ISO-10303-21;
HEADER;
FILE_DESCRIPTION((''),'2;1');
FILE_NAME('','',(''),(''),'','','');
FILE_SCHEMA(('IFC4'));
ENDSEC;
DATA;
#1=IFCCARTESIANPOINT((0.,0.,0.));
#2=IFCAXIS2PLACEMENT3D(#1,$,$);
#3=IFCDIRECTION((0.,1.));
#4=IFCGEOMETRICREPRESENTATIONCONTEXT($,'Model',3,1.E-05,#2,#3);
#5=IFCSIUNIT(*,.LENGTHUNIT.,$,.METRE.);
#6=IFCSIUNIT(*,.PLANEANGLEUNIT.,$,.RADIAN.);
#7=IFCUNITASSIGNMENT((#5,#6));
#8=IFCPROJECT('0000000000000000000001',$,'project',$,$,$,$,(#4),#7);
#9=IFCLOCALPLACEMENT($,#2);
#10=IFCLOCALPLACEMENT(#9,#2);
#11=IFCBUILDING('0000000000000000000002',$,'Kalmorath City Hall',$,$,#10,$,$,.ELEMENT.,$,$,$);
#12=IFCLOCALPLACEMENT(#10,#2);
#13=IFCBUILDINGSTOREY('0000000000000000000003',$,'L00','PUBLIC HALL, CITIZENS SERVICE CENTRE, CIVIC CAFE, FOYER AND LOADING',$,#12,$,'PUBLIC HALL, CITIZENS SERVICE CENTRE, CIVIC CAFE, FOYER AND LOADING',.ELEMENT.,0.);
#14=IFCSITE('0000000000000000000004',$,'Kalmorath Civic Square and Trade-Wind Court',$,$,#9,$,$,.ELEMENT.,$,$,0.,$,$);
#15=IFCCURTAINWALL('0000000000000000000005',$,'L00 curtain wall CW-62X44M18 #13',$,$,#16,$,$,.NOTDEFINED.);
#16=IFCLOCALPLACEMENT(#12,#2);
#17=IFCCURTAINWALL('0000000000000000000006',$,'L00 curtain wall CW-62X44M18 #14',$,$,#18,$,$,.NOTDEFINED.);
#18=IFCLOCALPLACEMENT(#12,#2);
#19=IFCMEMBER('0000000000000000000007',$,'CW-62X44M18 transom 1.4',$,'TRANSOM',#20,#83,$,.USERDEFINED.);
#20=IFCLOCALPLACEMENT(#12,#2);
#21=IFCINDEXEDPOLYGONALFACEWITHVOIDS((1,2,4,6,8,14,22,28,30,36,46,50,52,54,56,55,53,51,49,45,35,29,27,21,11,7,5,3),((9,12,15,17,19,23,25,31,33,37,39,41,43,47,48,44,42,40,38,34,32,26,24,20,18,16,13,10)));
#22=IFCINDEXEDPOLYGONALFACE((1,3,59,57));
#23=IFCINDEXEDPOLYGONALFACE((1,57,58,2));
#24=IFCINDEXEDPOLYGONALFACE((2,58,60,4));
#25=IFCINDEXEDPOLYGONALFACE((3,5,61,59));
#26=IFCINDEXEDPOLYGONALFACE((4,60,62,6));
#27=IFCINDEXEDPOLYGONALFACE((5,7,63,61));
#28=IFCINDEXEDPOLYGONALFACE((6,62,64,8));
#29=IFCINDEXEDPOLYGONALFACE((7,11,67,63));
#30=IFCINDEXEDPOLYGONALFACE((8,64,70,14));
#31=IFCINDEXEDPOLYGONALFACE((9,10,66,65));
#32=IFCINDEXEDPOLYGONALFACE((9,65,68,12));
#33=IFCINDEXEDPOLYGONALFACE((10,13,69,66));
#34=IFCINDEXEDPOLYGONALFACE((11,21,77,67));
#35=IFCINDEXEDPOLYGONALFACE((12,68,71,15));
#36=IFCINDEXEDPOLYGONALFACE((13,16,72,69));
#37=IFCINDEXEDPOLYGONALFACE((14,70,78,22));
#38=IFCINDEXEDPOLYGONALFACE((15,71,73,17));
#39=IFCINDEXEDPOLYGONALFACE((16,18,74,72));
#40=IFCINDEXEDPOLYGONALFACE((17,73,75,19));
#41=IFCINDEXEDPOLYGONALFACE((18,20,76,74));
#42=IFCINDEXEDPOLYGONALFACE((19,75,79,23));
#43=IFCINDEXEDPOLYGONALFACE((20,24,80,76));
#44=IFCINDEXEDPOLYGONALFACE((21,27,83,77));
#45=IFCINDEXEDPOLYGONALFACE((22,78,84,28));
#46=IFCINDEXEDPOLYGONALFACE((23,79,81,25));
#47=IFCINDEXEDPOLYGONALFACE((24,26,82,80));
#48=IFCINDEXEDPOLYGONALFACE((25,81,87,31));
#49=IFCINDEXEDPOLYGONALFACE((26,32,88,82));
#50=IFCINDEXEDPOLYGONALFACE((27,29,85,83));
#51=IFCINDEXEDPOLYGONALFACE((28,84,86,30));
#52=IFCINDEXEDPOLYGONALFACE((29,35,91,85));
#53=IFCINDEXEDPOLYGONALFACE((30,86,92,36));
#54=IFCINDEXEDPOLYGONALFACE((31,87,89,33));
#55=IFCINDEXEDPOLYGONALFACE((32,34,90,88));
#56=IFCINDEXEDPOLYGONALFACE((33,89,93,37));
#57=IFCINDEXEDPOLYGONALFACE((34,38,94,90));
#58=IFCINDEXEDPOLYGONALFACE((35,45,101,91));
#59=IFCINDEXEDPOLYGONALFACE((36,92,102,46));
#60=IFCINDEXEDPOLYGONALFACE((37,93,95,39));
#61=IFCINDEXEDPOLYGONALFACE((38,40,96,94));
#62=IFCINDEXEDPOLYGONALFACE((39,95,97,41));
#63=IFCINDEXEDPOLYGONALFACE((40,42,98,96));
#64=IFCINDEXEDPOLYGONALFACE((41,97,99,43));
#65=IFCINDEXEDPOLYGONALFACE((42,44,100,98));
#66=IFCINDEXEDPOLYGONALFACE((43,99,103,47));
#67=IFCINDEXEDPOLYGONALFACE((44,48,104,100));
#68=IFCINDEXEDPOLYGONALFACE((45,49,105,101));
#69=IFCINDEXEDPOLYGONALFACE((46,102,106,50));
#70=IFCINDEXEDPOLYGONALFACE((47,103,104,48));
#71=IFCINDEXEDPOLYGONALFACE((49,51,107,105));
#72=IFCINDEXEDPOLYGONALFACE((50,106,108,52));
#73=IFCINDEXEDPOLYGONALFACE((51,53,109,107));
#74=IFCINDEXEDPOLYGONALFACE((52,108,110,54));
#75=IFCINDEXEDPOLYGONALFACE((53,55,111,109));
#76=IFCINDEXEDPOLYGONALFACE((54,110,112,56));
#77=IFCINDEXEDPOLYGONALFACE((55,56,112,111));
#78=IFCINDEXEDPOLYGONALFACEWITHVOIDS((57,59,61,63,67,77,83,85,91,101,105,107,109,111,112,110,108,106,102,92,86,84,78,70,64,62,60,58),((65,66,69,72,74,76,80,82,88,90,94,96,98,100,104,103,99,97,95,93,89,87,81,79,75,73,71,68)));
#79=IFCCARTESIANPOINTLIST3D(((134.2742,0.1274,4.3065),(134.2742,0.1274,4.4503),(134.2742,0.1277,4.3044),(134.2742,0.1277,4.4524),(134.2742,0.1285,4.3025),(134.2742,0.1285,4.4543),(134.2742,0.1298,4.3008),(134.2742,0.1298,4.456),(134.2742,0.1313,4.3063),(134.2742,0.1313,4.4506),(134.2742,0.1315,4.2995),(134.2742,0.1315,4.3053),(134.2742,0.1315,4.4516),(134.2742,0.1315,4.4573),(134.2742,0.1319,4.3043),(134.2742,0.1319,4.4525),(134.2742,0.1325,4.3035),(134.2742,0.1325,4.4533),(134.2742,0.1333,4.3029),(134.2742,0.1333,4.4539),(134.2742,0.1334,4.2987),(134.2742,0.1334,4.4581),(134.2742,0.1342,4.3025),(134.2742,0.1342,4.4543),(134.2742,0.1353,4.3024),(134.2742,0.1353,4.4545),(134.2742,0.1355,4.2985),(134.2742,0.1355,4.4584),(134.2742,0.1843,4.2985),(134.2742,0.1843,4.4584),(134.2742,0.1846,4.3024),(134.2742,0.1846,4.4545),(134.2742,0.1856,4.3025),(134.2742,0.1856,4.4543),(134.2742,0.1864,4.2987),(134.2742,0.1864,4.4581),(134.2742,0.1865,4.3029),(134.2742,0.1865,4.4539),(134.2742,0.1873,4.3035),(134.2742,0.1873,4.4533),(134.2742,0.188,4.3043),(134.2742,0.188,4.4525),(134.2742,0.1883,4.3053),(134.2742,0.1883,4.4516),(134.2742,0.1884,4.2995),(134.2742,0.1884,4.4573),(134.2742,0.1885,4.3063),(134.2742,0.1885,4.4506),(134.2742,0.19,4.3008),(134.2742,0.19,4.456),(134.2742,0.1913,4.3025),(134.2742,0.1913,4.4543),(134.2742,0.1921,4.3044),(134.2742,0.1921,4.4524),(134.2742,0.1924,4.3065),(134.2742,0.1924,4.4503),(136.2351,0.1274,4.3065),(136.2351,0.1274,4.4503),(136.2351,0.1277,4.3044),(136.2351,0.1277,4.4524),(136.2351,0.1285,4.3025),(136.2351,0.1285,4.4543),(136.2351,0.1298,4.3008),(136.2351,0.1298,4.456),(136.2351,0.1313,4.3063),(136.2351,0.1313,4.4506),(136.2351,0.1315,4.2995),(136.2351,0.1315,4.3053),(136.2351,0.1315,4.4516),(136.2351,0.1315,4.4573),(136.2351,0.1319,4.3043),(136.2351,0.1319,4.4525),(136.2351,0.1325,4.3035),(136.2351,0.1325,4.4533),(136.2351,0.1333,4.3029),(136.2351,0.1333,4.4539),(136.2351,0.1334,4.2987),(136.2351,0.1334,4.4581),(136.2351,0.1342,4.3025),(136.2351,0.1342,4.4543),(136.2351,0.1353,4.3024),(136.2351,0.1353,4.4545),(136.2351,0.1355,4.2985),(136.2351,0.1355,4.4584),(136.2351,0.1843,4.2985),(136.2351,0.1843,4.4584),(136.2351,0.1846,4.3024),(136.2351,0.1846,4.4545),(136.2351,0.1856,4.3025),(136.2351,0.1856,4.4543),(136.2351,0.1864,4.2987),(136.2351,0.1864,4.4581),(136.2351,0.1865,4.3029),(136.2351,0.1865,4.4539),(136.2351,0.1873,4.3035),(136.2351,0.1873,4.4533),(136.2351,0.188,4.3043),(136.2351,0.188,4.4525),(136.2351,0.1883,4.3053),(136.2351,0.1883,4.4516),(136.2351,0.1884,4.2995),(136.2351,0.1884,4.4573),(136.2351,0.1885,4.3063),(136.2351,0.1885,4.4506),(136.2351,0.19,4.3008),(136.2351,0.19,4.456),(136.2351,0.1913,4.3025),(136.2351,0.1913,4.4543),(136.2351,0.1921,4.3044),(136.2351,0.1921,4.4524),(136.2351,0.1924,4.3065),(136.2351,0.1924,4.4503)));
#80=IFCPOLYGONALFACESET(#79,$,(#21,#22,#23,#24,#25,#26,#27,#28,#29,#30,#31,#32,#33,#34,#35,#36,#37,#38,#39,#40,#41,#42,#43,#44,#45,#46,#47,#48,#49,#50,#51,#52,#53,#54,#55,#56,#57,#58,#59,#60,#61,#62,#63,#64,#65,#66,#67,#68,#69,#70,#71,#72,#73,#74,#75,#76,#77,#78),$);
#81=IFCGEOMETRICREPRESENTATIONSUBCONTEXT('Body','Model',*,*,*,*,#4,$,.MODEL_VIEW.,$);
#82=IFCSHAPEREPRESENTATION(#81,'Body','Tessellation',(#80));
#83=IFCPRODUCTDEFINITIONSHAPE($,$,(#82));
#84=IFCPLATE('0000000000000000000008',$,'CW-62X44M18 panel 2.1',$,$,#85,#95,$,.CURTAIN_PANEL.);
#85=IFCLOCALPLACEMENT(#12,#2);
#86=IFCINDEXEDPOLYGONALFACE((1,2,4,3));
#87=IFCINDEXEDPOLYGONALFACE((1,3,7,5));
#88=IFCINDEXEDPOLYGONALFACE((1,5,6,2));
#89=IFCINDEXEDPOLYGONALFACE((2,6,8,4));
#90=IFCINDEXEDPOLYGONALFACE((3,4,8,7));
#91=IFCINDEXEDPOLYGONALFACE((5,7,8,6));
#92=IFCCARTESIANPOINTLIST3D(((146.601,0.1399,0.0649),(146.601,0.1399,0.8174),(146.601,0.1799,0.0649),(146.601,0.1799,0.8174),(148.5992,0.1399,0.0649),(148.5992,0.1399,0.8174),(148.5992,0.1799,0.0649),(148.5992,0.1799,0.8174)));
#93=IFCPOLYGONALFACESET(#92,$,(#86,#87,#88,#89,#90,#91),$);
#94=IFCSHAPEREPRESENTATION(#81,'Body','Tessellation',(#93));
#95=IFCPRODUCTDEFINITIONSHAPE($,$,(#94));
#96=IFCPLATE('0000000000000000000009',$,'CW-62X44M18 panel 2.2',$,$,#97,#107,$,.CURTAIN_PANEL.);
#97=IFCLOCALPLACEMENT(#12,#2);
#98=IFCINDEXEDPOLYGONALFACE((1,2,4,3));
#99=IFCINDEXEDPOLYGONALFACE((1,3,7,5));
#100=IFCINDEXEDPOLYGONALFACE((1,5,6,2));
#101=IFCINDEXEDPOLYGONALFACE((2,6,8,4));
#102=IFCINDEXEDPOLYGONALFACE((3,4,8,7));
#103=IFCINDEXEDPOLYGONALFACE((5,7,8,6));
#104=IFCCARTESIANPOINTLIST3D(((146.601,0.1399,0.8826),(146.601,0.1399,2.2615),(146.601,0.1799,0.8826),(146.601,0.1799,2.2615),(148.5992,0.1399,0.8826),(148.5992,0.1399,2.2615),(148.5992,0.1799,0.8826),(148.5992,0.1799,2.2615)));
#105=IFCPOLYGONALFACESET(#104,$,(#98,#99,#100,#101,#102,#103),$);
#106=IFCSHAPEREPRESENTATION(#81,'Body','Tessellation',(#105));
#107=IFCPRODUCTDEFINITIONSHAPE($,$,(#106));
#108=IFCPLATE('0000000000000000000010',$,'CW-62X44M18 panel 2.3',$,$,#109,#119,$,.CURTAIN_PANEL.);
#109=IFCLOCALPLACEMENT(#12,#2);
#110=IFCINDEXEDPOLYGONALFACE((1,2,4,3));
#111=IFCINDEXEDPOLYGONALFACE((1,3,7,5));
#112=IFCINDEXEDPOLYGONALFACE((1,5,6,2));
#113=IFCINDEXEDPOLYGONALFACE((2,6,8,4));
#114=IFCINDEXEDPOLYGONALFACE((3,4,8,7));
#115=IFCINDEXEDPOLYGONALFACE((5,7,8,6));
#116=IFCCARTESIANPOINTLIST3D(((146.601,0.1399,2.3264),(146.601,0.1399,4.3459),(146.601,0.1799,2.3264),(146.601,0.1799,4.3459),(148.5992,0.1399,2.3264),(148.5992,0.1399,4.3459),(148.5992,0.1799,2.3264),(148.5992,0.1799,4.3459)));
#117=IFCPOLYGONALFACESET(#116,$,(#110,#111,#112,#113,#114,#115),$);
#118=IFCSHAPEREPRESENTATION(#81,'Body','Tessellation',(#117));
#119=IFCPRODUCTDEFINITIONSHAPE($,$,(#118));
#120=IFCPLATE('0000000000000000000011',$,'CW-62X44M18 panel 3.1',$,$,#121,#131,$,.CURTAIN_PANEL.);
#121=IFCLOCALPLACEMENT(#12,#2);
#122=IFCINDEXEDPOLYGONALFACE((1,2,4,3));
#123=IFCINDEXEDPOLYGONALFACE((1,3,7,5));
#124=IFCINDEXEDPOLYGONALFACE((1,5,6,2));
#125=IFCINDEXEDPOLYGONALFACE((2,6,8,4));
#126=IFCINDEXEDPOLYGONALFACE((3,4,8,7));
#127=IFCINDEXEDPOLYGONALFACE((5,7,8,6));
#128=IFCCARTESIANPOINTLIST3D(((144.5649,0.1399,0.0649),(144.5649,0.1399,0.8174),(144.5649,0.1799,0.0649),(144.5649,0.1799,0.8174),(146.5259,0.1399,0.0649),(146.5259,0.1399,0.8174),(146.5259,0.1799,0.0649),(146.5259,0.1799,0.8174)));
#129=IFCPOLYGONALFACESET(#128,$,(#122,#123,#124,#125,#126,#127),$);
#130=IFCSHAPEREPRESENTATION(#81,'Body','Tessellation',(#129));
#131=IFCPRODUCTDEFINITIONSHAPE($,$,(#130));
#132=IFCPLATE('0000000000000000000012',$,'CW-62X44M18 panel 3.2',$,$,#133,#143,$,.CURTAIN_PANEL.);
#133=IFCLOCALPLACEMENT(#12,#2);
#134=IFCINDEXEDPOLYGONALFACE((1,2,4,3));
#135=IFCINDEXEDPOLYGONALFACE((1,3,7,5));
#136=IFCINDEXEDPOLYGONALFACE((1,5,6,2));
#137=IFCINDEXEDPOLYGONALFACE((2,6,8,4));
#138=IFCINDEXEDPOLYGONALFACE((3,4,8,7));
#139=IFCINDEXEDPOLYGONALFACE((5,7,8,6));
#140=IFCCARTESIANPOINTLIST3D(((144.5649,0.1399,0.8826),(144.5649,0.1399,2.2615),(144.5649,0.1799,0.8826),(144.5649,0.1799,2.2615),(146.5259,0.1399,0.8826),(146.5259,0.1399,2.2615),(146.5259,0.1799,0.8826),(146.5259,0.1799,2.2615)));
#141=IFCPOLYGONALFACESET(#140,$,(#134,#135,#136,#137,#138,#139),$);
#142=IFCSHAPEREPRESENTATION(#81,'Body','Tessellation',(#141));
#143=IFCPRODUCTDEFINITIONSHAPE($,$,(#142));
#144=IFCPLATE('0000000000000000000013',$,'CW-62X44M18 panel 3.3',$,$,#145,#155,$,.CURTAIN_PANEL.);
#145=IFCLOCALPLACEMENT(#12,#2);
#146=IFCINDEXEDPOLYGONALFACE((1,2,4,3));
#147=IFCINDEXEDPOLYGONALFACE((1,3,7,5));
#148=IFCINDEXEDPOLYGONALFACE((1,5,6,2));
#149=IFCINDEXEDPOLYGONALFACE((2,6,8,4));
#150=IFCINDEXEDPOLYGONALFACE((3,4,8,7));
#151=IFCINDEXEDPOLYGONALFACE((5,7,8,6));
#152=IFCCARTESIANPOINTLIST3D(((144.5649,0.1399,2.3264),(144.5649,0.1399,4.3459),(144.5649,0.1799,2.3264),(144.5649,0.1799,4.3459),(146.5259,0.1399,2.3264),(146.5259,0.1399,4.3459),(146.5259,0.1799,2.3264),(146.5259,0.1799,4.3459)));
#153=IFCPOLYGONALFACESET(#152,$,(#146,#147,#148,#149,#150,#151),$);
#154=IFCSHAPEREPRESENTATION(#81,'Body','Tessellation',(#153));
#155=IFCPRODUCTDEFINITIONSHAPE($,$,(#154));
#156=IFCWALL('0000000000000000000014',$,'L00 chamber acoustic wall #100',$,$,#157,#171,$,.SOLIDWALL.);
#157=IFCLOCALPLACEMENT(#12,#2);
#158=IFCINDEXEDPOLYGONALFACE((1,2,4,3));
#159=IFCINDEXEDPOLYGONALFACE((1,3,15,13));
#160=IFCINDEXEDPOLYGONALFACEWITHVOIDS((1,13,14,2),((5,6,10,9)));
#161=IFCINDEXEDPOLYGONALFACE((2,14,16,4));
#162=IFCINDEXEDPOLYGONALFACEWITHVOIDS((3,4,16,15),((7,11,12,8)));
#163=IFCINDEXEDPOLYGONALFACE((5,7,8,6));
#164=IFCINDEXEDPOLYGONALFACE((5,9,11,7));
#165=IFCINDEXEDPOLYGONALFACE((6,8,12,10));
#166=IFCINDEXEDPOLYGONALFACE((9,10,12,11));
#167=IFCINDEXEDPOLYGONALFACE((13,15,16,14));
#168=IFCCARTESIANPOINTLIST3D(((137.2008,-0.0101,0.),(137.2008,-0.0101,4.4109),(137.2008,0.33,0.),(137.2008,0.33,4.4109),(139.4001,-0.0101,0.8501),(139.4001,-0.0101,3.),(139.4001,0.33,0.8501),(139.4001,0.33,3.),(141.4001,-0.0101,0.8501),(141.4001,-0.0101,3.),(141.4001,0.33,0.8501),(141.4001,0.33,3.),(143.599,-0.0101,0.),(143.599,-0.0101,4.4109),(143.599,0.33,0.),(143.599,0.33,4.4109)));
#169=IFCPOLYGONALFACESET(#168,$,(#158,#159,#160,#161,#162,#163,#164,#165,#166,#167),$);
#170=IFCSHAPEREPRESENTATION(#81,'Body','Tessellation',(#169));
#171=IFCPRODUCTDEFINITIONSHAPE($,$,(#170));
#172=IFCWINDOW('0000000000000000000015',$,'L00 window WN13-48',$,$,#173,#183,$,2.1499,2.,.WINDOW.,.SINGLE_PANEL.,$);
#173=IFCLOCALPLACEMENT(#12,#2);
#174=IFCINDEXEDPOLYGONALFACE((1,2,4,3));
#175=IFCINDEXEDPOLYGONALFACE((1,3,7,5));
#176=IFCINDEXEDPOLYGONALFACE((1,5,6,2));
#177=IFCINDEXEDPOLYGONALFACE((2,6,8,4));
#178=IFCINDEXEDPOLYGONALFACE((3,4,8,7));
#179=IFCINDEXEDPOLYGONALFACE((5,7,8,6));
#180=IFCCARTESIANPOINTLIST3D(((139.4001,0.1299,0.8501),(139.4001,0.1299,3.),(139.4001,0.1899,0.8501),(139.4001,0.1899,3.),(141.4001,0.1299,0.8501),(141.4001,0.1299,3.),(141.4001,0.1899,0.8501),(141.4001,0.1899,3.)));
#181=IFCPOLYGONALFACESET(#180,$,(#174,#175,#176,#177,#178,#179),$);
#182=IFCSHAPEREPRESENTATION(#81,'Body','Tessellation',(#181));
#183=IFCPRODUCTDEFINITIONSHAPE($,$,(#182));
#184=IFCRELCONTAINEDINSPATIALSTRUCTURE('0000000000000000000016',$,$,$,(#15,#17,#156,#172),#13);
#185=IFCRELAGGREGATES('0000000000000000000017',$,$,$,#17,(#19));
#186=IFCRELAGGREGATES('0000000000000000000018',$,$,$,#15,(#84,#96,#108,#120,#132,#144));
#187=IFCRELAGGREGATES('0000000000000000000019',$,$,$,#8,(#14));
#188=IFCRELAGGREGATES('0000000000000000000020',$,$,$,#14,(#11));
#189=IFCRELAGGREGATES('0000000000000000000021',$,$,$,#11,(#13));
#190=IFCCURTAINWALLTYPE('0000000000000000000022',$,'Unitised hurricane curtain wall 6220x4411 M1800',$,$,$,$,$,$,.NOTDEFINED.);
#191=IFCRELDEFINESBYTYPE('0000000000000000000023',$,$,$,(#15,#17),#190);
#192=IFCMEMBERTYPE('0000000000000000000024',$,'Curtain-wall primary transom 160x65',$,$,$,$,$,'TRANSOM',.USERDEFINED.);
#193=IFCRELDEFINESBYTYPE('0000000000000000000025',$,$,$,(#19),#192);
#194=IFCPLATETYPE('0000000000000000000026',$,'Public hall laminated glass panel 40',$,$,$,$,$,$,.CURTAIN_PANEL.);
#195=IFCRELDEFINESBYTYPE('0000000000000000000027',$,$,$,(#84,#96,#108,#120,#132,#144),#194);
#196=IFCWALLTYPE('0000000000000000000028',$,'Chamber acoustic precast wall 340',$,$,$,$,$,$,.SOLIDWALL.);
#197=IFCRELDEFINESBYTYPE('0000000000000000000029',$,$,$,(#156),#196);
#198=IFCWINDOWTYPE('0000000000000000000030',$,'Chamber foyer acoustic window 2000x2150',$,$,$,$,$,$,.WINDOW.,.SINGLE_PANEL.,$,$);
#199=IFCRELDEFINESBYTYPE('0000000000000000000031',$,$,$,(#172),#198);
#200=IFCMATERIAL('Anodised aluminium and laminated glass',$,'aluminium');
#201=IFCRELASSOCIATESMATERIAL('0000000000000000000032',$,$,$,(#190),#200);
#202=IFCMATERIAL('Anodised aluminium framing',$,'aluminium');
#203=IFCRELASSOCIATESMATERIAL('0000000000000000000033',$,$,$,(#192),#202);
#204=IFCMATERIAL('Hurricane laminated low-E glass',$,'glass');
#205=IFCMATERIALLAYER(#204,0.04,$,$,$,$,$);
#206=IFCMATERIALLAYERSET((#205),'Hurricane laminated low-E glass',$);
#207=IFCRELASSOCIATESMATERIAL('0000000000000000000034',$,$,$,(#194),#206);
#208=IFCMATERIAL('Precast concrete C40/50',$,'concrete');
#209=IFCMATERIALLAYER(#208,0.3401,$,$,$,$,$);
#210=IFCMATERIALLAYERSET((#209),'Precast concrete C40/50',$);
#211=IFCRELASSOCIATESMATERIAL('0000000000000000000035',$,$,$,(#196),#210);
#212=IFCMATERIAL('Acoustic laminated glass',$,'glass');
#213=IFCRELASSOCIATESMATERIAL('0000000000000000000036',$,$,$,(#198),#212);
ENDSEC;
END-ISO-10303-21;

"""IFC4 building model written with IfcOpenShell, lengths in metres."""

from ifc_helpers import new_model, si_unit, direction, frame, frame_2d, origin, origin_2d, place, context, subcontext, project, spatial, rectangle, hollow_rectangle, extrude, material, layer, layer_set, material_profile, profile_set, type_object, element, fill, aggregate, save


model = new_model("IFC4")

# Units and contexts
model_context = context("Model", 3, precision=1e-05, world=origin(), true_north=direction((0.0, 1.0)))
body_context = subcontext(model_context, "Body", "Model", "MODEL_VIEW")
ifc_project = project(units=[si_unit("LENGTHUNIT", "METRE"), si_unit("PLANEANGLEUNIT", "RADIAN")], contexts=[model_context])

# Site, building, storey
site_placement = place(None, origin())
site = spatial("IfcSite", under=ifc_project, at=site_placement, Name="Kalmorath Civic Square and Trade-Wind Court", CompositionType="ELEMENT", RefElevation=0.0)
building_placement = place(site_placement, origin())
building = spatial("IfcBuilding", under=site, at=building_placement, Name="Kalmorath City Hall", CompositionType="ELEMENT")
storey_placement = place(building_placement, origin())
storey = spatial("IfcBuildingStorey", under=building, at=storey_placement, Name="L00", Description="PUBLIC HALL, CITIZENS SERVICE CENTRE, CIVIC CAFE, FOYER AND LOADING", LongName="PUBLIC HALL, CITIZENS SERVICE CENTRE, CIVIC CAFE, FOYER AND LOADING", CompositionType="ELEMENT", Elevation=0.0)

# Curtain wall
ifc_material_1 = material(Name="Anodised aluminium and laminated glass", Category="aluminium")
curtain_wall_type = type_object("IfcCurtainWallType", Name="Unitised hurricane curtain wall 6220x4411 M1800", PredefinedType="NOTDEFINED", material=ifc_material_1)
curtain_wall_1_placement = place(storey_placement, origin())
curtain_wall_1 = element("IfcCurtainWall", 1, at=curtain_wall_1_placement, inside=storey, type_object=curtain_wall_type, Name="L00 curtain wall CW-62X44M18 #13", PredefinedType="NOTDEFINED")

# Curtain wall
curtain_wall_2_placement = place(storey_placement, origin())
curtain_wall_2 = element("IfcCurtainWall", 2, at=curtain_wall_2_placement, inside=storey, type_object=curtain_wall_type, Name="L00 curtain wall CW-62X44M18 #14", PredefinedType="NOTDEFINED")

# Member
ifc_material_2 = material(Name="Anodised aluminium framing", Category="aluminium")
ifc_material_profile_1 = material_profile(ifc_material_2, hollow_rectangle(XDim=0.0649, YDim=0.1599, WallThickness=0.0039, InnerFilletRadius=0.0039, OuterFilletRadius=0.0081, at=origin_2d()), Name="ALU-TRN-160X65X4")
ifc_profile_set_1 = profile_set([ifc_material_profile_1], Name="Anodised aluminium framing")
member_type_1 = type_object("IfcMemberType", Name="Curtain-wall primary transom 160x65", ElementType="TRANSOM", PredefinedType="USERDEFINED", material=ifc_profile_set_1)
member_1_placement = place(storey_placement, frame((136.2351, 0.1599, 4.3784), z_axis=(-1.0, 0.0, 0.0), x_axis=(0.0, -1.0, 0.0)))
member_1 = element("IfcMember", 3, at=member_1_placement, type_object=member_type_1, Name="CW-62X44M18 transom 1.4", ObjectType="TRANSOM", PredefinedType="USERDEFINED", context=body_context, shape_type="SweptSolid", body=[
    extrude(hollow_rectangle(XDim=0.0649, YDim=0.1599, WallThickness=0.0039, InnerFilletRadius=0.0039, OuterFilletRadius=0.0081, at=origin_2d()), origin(), (0.0, 0.0, 1.0), 1.9609),
])
aggregate(curtain_wall_2, [member_1])

# Plates
ifc_material_3 = material(Name="Hurricane laminated low-E glass", Category="glass")
ifc_layer_1 = layer(ifc_material_3, 0.04)
ifc_layer_set_1 = layer_set([ifc_layer_1], Name="Hurricane laminated low-E glass")
plate_type = type_object("IfcPlateType", Name="Public hall laminated glass panel 40", PredefinedType="CURTAIN_PANEL", material=ifc_layer_set_1)
plate_1_placement = place(storey_placement, frame((147.6001, 0.1599, 0.0649), z_axis=(0.0, 0.0, 1.0), x_axis=(-1.0, 0.0, 0.0)))
plate_1 = element("IfcPlate", 4, at=plate_1_placement, type_object=plate_type, Name="CW-62X44M18 panel 2.1", PredefinedType="CURTAIN_PANEL", context=body_context, shape_type="SweptSolid", body=[
    extrude(rectangle(XDim=1.9983, YDim=0.04, at=origin_2d()), origin(), (0.0, 0.0, 1.0), 0.7524),
])
plate_2_placement = place(storey_placement, frame((147.6001, 0.1599, 0.8826), z_axis=(0.0, 0.0, 1.0), x_axis=(-1.0, 0.0, 0.0)))
plate_2 = element("IfcPlate", 5, at=plate_2_placement, type_object=plate_type, Name="CW-62X44M18 panel 2.2", PredefinedType="CURTAIN_PANEL", context=body_context, shape_type="SweptSolid", body=[
    extrude(rectangle(XDim=1.9983, YDim=0.04, at=origin_2d()), origin(), (0.0, 0.0, 1.0), 1.3789),
])
plate_3_placement = place(storey_placement, frame((147.6001, 0.1599, 2.3264), z_axis=(0.0, 0.0, 1.0), x_axis=(-1.0, 0.0, 0.0)))
plate_3 = element("IfcPlate", 6, at=plate_3_placement, type_object=plate_type, Name="CW-62X44M18 panel 2.3", PredefinedType="CURTAIN_PANEL", context=body_context, shape_type="SweptSolid", body=[
    extrude(rectangle(XDim=1.9983, YDim=0.04, at=origin_2d()), origin(), (0.0, 0.0, 1.0), 2.0195),
])
plate_4_placement = place(storey_placement, frame((145.5454, 0.1599, 0.0649), z_axis=(0.0, 0.0, 1.0), x_axis=(-1.0, 0.0, 0.0)))
plate_4 = element("IfcPlate", 7, at=plate_4_placement, type_object=plate_type, Name="CW-62X44M18 panel 3.1", PredefinedType="CURTAIN_PANEL", context=body_context, shape_type="SweptSolid", body=[
    extrude(rectangle(XDim=1.9609, YDim=0.04, at=origin_2d()), origin(), (0.0, 0.0, 1.0), 0.7524),
])
plate_5_placement = place(storey_placement, frame((145.5454, 0.1599, 0.8826), z_axis=(0.0, 0.0, 1.0), x_axis=(-1.0, 0.0, 0.0)))
plate_5 = element("IfcPlate", 8, at=plate_5_placement, type_object=plate_type, Name="CW-62X44M18 panel 3.2", PredefinedType="CURTAIN_PANEL", context=body_context, shape_type="SweptSolid", body=[
    extrude(rectangle(XDim=1.9609, YDim=0.04, at=origin_2d()), origin(), (0.0, 0.0, 1.0), 1.3789),
])
plate_6_placement = place(storey_placement, frame((145.5454, 0.1599, 2.3264), z_axis=(0.0, 0.0, 1.0), x_axis=(-1.0, 0.0, 0.0)))
plate_6 = element("IfcPlate", 9, at=plate_6_placement, type_object=plate_type, Name="CW-62X44M18 panel 3.3", PredefinedType="CURTAIN_PANEL", context=body_context, shape_type="SweptSolid", body=[
    extrude(rectangle(XDim=1.9609, YDim=0.04, at=origin_2d()), origin(), (0.0, 0.0, 1.0), 2.0195),
])
aggregate(curtain_wall_1, [plate_1, plate_2, plate_3, plate_4, plate_5, plate_6])

# Wall, opening, window
ifc_material_4 = material(Name="Precast concrete C40/50", Category="concrete")
ifc_layer_2 = layer(ifc_material_4, 0.3401)
ifc_layer_set_2 = layer_set([ifc_layer_2], Name="Precast concrete C40/50")
wall_type = type_object("IfcWallType", Name="Chamber acoustic precast wall 340", PredefinedType="SOLIDWALL", material=ifc_layer_set_2)
wall_placement = place(storey_placement, frame((143.5991, 0.1599, 0.0), z_axis=(0.0, 0.0, 1.0), x_axis=(-1.0, 0.0, 0.0)))
wall = element("IfcWall", 10, at=wall_placement, inside=storey, type_object=wall_type, Name="L00 chamber acoustic wall #100", PredefinedType="SOLIDWALL", context=body_context, shape_type="SweptSolid", body=[
    extrude(rectangle(XDim=6.3982, YDim=0.3401, at=frame_2d((3.1992, 0.0))), origin(), (0.0, 0.0, 1.0), 4.4109),
])
opening_placement = place(wall_placement, frame((2.199, 0.0, 0.8501)))
opening = element("IfcOpeningElement", 11, at=opening_placement, cuts=wall, PredefinedType="OPENING", context=body_context, shape_type="SweptSolid", body=[
    extrude(rectangle(XDim=2.0, YDim=2.1499, at=frame_2d((1.0, 1.075))), frame((0.0, 0.1799, 0.0), z_axis=(0.0, -1.0, 0.0), x_axis=(1.0, 0.0, 0.0)), (0.0, 0.0, 1.0), 0.3601),
])
ifc_material_5 = material(Name="Acoustic laminated glass", Category="glass")
window_type = type_object("IfcWindowType", Name="Chamber foyer acoustic window 2000x2150", PartitioningType="SINGLE_PANEL", PredefinedType="WINDOW", material=ifc_material_5)
window_placement = place(opening_placement, origin())
window = element("IfcWindow", 12, at=window_placement, inside=storey, type_object=window_type, Name="L00 window WN13-48", OverallHeight=2.1499, OverallWidth=2.0, PartitioningType="SINGLE_PANEL", PredefinedType="WINDOW", context=body_context, shape_type="SweptSolid", body=[
    extrude(rectangle(XDim=2.0, YDim=2.1499, at=frame_2d((1.0, 1.075))), frame((0.0, 0.03, 0.0), z_axis=(0.0, -1.0, 0.0), x_axis=(1.0, 0.0, 0.0)), (0.0, 0.0, 1.0), 0.0601),
])
fill(opening, window)

save(model, "model.ifc")
